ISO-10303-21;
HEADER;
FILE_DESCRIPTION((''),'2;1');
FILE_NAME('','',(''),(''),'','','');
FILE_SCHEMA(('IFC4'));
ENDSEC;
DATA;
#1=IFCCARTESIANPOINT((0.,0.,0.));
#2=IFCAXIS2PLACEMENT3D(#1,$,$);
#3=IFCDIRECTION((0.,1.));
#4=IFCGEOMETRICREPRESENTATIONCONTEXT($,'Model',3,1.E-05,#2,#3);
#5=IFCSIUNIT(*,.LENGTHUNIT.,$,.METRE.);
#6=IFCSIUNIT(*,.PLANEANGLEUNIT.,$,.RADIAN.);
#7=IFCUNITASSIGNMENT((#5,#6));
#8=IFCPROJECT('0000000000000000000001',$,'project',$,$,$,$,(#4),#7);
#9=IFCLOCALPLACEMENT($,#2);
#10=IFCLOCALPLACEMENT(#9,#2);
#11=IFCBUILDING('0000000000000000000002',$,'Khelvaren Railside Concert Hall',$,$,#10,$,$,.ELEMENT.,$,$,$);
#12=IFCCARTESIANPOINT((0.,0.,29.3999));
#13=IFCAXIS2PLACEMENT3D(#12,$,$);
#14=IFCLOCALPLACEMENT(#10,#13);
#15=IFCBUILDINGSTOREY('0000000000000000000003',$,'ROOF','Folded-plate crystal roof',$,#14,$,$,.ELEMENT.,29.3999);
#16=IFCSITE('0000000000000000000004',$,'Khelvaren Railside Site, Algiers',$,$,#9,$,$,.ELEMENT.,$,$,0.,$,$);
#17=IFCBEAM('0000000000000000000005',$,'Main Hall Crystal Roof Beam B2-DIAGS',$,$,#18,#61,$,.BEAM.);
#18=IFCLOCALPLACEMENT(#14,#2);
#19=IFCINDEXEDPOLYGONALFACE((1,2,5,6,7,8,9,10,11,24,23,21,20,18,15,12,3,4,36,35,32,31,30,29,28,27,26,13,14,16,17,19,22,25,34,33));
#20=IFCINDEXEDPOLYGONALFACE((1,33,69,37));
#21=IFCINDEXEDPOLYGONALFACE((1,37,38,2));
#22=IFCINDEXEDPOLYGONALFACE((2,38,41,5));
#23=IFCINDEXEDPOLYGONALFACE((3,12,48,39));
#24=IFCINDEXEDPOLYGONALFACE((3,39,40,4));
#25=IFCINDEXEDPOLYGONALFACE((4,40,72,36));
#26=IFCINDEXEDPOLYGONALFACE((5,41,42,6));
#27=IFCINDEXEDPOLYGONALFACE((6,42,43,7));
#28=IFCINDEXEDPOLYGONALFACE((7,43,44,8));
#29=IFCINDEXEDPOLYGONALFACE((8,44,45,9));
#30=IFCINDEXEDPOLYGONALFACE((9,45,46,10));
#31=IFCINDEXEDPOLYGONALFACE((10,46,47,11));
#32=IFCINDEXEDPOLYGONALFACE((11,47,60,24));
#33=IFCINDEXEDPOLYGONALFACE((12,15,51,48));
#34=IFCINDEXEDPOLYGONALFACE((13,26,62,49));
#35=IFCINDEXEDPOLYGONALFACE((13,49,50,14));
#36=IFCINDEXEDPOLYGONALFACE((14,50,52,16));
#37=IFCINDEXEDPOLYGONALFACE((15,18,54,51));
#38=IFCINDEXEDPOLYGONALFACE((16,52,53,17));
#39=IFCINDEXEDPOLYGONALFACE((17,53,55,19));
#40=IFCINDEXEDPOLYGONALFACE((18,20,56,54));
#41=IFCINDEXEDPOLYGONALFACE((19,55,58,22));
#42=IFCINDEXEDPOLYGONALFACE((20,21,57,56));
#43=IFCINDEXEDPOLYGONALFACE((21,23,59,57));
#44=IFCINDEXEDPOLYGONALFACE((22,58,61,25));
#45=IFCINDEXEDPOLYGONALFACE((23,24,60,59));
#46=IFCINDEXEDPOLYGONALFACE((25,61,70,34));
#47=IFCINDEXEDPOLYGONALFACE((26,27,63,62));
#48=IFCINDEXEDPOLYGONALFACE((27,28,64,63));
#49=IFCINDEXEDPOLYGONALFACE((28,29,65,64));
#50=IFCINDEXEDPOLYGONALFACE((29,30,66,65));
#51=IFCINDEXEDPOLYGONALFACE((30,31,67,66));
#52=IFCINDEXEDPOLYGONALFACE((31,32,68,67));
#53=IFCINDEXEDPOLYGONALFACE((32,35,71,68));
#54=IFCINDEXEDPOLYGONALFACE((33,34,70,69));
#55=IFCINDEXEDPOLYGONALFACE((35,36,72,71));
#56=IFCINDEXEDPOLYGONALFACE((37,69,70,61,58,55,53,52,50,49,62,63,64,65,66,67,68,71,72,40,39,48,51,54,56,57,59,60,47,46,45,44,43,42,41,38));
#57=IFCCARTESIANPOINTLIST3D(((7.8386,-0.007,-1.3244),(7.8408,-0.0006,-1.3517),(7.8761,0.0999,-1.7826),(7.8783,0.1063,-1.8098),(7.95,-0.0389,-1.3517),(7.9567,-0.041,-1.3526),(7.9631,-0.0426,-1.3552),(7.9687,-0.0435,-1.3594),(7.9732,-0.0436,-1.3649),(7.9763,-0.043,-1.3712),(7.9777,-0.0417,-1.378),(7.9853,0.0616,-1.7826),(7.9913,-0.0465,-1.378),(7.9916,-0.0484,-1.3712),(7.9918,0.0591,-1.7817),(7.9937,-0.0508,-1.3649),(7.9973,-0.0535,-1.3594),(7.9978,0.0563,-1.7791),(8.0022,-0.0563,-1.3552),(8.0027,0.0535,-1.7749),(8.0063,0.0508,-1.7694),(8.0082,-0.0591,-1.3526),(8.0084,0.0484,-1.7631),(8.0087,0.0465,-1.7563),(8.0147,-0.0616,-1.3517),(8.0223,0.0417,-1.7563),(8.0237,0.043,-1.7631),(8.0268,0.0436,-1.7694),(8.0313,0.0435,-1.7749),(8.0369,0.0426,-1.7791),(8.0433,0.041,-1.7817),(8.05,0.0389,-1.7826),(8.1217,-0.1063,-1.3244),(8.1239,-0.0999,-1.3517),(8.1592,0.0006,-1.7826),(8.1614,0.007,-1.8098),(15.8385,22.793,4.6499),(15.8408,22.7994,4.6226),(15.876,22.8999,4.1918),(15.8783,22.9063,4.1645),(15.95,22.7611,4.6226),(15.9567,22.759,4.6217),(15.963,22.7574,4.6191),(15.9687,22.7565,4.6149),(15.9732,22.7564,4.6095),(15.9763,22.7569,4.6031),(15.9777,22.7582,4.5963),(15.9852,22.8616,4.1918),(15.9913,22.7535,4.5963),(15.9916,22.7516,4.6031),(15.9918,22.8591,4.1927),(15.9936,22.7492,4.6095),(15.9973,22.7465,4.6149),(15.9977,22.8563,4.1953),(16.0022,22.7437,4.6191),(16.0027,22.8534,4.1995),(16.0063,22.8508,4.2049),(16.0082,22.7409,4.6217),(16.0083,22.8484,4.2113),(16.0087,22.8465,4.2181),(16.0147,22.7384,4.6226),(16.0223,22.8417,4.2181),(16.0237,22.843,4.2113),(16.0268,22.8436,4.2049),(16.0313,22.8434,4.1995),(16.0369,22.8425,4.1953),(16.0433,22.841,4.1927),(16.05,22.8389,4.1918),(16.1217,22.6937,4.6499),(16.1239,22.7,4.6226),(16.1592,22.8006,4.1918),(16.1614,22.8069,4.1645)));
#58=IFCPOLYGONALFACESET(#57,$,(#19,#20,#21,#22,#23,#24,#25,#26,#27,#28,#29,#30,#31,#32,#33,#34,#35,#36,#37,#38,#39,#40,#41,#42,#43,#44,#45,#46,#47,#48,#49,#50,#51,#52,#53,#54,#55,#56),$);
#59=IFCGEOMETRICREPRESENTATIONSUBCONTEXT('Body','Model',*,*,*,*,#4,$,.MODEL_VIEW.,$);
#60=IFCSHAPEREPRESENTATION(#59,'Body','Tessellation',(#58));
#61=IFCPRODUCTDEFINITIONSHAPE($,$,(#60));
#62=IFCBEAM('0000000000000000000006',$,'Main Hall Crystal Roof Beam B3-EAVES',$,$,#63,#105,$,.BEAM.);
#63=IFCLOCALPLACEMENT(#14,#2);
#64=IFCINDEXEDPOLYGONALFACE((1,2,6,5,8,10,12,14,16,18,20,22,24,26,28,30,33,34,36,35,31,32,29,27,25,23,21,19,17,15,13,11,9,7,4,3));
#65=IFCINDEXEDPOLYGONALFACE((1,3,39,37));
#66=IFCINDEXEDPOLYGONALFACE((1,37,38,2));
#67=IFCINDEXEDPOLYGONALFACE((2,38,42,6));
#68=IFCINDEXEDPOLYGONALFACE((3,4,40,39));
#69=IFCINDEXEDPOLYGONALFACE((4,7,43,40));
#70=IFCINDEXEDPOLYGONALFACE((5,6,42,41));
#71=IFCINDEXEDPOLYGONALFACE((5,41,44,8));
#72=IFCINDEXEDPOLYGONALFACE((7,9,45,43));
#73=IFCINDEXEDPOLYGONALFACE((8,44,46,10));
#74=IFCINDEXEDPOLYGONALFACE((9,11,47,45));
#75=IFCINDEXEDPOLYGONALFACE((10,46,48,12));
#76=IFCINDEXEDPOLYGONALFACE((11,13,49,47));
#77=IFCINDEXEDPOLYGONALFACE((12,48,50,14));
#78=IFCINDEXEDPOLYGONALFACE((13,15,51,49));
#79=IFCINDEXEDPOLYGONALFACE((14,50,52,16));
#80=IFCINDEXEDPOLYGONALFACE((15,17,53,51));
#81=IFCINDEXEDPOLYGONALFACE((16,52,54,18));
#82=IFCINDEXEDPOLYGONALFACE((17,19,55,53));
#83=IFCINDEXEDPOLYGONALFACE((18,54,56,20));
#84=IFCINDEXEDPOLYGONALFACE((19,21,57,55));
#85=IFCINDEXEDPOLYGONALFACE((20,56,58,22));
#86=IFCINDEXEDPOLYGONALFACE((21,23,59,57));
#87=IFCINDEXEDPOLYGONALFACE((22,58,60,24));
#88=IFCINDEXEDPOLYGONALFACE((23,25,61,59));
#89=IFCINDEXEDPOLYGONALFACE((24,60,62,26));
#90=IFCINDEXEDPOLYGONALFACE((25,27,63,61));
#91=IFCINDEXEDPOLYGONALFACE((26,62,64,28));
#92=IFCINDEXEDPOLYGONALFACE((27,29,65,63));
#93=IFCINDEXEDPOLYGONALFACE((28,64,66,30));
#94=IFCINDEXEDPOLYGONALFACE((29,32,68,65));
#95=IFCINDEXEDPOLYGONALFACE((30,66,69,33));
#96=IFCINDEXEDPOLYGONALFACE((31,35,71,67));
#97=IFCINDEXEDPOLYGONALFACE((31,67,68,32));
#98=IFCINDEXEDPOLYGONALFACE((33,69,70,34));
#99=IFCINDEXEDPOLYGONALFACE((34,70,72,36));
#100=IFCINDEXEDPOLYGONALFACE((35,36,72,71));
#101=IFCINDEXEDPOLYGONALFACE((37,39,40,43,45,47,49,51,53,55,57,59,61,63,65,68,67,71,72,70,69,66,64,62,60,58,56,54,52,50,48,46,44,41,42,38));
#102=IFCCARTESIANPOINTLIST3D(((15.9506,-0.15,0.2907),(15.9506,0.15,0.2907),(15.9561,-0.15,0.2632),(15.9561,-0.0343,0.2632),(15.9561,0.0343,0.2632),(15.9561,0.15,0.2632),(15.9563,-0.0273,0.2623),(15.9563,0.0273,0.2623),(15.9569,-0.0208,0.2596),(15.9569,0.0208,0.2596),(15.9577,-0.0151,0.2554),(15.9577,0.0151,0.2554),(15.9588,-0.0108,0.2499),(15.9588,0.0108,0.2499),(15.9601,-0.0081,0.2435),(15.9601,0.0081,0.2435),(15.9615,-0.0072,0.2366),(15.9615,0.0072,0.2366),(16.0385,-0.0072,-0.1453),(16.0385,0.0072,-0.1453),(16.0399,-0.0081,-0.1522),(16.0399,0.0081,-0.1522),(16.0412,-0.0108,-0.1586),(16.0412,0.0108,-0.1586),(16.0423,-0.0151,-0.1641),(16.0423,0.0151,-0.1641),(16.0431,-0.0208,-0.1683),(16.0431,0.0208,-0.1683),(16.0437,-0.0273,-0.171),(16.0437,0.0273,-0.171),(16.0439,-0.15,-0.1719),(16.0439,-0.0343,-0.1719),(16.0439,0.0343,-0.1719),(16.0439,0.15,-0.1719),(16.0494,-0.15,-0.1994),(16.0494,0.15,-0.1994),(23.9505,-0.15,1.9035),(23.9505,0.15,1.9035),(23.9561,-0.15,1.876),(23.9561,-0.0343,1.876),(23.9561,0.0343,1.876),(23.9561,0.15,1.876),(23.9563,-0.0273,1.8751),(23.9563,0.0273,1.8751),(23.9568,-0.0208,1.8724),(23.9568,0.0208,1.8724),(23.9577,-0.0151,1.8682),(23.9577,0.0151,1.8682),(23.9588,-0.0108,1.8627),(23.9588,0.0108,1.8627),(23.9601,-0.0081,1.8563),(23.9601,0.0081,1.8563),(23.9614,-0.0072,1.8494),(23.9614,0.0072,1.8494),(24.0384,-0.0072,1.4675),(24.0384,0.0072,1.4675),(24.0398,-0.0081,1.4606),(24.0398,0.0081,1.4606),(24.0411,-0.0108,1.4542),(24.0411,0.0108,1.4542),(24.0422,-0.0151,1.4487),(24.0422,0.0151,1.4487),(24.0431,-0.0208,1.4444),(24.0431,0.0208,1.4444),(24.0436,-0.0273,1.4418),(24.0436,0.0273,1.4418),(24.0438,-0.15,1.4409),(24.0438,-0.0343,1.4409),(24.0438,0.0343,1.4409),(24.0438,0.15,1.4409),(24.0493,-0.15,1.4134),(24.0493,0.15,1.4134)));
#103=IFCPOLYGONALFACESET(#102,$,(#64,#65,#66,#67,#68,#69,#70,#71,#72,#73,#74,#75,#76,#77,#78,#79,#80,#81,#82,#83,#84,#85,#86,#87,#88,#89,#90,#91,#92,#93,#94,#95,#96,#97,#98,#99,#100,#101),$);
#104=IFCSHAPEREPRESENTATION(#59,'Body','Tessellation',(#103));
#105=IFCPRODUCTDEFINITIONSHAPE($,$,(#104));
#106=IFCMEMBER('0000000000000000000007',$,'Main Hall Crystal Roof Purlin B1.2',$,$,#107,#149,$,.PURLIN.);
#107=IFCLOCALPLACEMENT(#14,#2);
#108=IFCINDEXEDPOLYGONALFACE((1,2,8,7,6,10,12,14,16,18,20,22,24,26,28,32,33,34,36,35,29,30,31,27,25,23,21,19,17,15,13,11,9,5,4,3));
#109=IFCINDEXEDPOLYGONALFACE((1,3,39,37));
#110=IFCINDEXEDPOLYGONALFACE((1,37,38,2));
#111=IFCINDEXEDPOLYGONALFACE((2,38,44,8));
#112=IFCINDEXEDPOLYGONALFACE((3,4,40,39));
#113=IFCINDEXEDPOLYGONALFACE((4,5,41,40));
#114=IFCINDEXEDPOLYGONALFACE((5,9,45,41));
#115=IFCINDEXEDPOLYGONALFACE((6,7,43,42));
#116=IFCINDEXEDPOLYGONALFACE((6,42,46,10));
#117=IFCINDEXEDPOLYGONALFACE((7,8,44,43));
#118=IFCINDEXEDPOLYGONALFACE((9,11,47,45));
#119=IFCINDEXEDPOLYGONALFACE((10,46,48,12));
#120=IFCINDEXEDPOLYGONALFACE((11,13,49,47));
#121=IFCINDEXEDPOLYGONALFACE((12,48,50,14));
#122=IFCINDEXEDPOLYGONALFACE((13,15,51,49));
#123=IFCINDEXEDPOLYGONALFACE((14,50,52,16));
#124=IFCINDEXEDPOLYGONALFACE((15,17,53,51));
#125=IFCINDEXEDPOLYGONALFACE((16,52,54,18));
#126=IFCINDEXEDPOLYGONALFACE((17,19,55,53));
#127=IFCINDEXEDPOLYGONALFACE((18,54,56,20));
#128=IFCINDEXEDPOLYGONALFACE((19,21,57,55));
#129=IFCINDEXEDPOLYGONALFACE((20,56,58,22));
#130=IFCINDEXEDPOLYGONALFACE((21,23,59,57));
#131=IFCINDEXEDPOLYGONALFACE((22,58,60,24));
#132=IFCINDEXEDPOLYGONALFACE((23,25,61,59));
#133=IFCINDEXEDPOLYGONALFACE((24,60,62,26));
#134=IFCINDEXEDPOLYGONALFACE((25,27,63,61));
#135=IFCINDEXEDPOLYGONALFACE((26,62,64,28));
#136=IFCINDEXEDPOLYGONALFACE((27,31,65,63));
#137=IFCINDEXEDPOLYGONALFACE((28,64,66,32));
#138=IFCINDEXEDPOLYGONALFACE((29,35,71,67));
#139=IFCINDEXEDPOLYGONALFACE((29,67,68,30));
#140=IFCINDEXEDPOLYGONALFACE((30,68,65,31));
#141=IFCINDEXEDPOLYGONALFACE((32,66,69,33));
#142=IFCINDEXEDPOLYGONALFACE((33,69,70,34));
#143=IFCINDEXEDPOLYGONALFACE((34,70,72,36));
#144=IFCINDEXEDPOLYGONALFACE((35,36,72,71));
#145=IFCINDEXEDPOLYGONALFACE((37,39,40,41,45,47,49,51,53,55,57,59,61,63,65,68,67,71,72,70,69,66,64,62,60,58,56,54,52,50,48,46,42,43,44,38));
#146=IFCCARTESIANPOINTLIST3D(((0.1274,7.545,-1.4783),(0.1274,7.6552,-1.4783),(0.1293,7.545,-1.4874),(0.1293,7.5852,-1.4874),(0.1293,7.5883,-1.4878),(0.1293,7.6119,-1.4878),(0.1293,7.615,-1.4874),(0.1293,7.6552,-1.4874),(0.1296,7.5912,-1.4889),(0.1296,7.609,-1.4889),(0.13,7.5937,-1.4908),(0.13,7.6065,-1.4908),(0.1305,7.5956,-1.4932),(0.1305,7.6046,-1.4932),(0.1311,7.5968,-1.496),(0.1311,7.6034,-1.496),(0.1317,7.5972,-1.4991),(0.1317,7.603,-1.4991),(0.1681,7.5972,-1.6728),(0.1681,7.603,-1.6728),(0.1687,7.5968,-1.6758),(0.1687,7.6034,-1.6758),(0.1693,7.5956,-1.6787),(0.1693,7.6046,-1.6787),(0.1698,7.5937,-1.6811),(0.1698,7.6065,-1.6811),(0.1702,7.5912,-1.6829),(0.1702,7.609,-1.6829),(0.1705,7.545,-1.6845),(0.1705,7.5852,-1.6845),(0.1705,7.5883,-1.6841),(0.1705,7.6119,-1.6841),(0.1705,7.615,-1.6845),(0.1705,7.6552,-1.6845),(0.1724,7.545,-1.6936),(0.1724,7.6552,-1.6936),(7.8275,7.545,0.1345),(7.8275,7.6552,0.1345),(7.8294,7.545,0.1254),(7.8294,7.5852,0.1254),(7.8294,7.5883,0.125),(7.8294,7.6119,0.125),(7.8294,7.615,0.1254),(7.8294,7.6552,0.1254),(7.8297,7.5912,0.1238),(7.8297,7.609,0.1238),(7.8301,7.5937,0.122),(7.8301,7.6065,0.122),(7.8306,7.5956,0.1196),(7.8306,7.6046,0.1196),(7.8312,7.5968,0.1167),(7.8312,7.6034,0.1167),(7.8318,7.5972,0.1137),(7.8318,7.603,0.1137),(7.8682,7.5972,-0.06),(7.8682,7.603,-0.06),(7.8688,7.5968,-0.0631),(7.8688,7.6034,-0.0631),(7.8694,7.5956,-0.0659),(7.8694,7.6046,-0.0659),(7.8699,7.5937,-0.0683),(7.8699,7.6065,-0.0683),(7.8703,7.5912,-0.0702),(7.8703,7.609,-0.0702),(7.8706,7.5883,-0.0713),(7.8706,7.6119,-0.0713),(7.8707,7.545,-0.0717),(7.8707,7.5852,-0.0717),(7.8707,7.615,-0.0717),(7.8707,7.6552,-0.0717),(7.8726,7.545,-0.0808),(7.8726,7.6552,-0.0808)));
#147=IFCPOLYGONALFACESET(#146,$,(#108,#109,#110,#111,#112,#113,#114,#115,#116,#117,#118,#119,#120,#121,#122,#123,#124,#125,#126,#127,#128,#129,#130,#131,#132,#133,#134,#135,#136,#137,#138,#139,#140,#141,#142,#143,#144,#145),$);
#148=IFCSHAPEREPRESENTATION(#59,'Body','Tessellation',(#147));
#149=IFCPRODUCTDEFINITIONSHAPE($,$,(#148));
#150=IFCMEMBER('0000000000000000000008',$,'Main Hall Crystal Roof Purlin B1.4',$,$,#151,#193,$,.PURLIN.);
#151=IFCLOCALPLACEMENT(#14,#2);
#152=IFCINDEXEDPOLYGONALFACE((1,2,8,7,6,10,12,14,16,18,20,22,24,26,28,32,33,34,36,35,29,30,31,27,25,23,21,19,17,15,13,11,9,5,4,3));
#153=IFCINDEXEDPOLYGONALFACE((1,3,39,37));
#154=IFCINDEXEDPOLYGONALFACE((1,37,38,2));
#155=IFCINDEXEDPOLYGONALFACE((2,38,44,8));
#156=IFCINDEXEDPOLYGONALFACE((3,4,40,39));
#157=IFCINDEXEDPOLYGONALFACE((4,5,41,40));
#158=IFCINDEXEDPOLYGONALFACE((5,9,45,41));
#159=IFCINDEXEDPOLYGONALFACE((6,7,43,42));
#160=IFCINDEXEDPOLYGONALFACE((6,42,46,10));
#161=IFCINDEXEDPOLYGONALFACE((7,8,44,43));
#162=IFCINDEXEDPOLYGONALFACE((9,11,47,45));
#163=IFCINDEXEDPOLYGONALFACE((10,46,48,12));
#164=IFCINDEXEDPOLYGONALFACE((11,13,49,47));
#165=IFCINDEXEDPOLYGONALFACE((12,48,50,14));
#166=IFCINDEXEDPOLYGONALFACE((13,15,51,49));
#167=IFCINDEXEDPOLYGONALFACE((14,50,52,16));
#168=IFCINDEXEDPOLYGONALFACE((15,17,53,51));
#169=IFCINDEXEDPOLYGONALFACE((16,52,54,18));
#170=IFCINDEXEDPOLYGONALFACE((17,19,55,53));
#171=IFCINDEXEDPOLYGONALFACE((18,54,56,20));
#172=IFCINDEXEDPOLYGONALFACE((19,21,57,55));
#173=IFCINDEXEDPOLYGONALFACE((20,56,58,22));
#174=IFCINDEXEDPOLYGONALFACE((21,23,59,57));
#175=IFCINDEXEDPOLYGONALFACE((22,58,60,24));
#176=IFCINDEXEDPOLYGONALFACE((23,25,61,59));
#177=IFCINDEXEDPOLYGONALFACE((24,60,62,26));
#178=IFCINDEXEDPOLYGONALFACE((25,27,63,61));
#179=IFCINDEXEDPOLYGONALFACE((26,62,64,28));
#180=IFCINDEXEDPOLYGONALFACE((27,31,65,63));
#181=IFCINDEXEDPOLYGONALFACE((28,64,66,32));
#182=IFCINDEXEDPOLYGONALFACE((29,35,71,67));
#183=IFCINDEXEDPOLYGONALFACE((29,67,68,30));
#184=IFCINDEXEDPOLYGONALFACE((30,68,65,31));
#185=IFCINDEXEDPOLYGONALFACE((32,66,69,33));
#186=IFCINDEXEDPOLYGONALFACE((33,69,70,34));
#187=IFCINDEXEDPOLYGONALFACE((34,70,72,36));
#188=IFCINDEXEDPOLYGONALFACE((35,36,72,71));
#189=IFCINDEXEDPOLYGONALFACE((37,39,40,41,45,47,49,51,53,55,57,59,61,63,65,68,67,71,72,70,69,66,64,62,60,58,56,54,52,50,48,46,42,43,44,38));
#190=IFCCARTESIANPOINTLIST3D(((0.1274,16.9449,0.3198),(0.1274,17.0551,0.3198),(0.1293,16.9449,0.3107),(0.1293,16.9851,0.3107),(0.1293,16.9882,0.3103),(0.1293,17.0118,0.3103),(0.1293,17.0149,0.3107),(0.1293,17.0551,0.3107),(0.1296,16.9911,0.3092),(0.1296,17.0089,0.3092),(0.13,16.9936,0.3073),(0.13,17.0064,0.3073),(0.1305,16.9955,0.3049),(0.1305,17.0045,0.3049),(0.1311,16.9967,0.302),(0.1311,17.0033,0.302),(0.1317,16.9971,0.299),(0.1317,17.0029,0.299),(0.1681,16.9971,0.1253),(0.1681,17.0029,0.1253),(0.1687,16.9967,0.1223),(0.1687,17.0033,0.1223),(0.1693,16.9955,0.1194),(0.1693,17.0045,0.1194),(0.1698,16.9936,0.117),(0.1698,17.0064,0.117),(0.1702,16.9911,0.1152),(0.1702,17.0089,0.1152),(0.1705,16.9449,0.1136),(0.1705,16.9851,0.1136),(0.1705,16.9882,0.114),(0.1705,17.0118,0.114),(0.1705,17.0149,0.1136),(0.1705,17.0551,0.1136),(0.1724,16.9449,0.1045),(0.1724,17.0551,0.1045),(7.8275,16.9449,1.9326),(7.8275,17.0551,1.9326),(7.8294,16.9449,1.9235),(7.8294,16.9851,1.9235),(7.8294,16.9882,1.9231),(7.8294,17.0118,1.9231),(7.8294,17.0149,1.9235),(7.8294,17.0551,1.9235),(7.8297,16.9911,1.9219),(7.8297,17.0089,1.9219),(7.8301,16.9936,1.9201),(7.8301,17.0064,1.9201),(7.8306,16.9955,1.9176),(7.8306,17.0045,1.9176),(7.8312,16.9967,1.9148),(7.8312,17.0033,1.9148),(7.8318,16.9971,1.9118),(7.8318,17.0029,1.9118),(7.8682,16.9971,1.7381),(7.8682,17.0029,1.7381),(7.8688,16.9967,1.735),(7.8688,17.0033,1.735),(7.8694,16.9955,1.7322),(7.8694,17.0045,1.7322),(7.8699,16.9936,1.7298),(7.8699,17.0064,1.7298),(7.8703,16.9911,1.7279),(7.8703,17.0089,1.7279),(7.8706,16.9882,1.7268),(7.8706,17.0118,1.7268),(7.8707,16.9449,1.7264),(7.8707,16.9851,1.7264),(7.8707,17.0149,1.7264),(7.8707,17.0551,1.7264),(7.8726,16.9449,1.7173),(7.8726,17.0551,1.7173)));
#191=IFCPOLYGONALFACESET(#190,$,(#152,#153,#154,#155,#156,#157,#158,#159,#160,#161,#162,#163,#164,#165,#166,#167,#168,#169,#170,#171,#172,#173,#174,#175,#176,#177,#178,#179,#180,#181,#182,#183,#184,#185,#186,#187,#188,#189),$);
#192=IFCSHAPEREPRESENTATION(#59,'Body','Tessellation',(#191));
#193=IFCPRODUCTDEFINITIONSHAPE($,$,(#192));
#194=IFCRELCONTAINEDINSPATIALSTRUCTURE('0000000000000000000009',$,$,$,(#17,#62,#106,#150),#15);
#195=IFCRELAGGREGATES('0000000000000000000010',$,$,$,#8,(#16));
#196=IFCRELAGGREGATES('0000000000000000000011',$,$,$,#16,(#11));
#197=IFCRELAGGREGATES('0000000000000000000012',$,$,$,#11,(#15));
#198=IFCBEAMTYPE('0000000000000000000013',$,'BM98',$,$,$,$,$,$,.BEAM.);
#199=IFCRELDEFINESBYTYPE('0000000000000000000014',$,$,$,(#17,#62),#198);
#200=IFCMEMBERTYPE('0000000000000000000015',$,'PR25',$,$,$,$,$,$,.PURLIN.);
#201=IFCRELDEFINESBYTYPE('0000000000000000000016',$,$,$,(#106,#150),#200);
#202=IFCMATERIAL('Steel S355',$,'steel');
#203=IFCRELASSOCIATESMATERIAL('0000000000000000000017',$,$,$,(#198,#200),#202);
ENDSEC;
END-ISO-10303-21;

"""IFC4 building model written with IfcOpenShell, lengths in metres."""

from ifc_helpers import new_model, si_unit, direction, frame, origin, origin_2d, place, context, subcontext, project, spatial, i_section, extrude, material, material_profile, profile_set, type_object, element, save


model = new_model("IFC4")

# Units and contexts
model_context = context("Model", 3, precision=1e-05, world=origin(), true_north=direction((0.0, 1.0)))
body_context = subcontext(model_context, "Body", "Model", "MODEL_VIEW")
ifc_project = project(units=[si_unit("LENGTHUNIT", "METRE"), si_unit("PLANEANGLEUNIT", "RADIAN")], contexts=[model_context])

# Site, building, storey
site_placement = place(None, origin())
site = spatial("IfcSite", under=ifc_project, at=site_placement, Name="Khelvaren Railside Site, Algiers", CompositionType="ELEMENT", RefElevation=0.0)
building_placement = place(site_placement, origin())
building = spatial("IfcBuilding", under=site, at=building_placement, Name="Khelvaren Railside Concert Hall", CompositionType="ELEMENT")
storey_placement = place(building_placement, frame((0.0, 0.0, 29.3999)))
storey = spatial("IfcBuildingStorey", under=building, at=storey_placement, Name="ROOF", Description="Folded-plate crystal roof", CompositionType="ELEMENT", Elevation=29.3999)

# Beams
ifc_material_1 = material(Name="Steel S355", Category="steel")
ifc_material_profile_1 = material_profile(ifc_material_1, i_section(OverallWidth=0.3, OverallDepth=0.5, WebThickness=0.0144, FlangeThickness=0.0281, FilletRadius=0.0271, at=origin_2d()), Name="HEB 500")
ifc_profile_set_1 = profile_set([ifc_material_profile_1], Name="Steel S355")
beam_type = type_object("IfcBeamType", Name="BM98", PredefinedType="BEAM", material=ifc_profile_set_1)
beam_1_placement = place(storey_placement, frame((8.0, 0.0, -1.5671), z_axis=(0.321408, 0.916015, 0.240026), x_axis=(-0.9436, 0.331087, 0.0)))
element("IfcBeam", 1, at=beam_1_placement, inside=storey, type_object=beam_type, Name="Main Hall Crystal Roof Beam B2-DIAGS", PredefinedType="BEAM", context=body_context, shape_type="SweptSolid", body=[
    extrude(i_section(OverallWidth=0.3, OverallDepth=0.5, WebThickness=0.0144, FlangeThickness=0.0281, FilletRadius=0.0271, at=origin_2d()), origin(), (0.0, 0.0, 1.0), 24.8904),
])
beam_2_placement = place(storey_placement, frame((16.0, 0.0, 0.0457), z_axis=(0.980278, 0.0, 0.197623), x_axis=(0.0, 1.0, 0.0)))
element("IfcBeam", 2, at=beam_2_placement, inside=storey, type_object=beam_type, Name="Main Hall Crystal Roof Beam B3-EAVES", PredefinedType="BEAM", context=body_context, shape_type="SweptSolid", body=[
    extrude(i_section(OverallWidth=0.3, OverallDepth=0.5, WebThickness=0.0144, FlangeThickness=0.0281, FilletRadius=0.0271, at=origin_2d()), origin(), (0.0, 0.0, 1.0), 8.1609),
])

# Members
ifc_material_profile_2 = material_profile(ifc_material_1, i_section(OverallWidth=0.1101, OverallDepth=0.22, WebThickness=0.0059, FlangeThickness=0.0093, FilletRadius=0.012, at=origin_2d()), Name="IPE 220")
ifc_profile_set_2 = profile_set([ifc_material_profile_2], Name="Steel S355")
member_type_1 = type_object("IfcMemberType", Name="PR25", PredefinedType="PURLIN", material=ifc_profile_set_2)
for number, where, z_axis, x_axis, name in (
    (3, (0.1499, 7.6001, -1.5859), (0.978762, 0.0, 0.205), (0.0, 1.0, 0.0), "Main Hall Crystal Roof Purlin B1.2"),
    (4, (0.1499, 17.0, 0.2122), (0.978762, 0.0, 0.205), (0.0, 1.0, 0.0), "Main Hall Crystal Roof Purlin B1.4"),
):
    element("IfcMember", number, at=place(storey_placement, frame(where, z_axis=z_axis, x_axis=x_axis)), inside=storey, type_object=member_type_1, Name=name, PredefinedType="PURLIN", context=body_context, shape_type="SweptSolid", body=[
        extrude(i_section(OverallWidth=0.1101, OverallDepth=0.22, WebThickness=0.0059, FlangeThickness=0.0093, FilletRadius=0.012, at=origin_2d()), origin(), (0.0, 0.0, 1.0), 7.8672),
    ])

save(model, "model.ifc")
